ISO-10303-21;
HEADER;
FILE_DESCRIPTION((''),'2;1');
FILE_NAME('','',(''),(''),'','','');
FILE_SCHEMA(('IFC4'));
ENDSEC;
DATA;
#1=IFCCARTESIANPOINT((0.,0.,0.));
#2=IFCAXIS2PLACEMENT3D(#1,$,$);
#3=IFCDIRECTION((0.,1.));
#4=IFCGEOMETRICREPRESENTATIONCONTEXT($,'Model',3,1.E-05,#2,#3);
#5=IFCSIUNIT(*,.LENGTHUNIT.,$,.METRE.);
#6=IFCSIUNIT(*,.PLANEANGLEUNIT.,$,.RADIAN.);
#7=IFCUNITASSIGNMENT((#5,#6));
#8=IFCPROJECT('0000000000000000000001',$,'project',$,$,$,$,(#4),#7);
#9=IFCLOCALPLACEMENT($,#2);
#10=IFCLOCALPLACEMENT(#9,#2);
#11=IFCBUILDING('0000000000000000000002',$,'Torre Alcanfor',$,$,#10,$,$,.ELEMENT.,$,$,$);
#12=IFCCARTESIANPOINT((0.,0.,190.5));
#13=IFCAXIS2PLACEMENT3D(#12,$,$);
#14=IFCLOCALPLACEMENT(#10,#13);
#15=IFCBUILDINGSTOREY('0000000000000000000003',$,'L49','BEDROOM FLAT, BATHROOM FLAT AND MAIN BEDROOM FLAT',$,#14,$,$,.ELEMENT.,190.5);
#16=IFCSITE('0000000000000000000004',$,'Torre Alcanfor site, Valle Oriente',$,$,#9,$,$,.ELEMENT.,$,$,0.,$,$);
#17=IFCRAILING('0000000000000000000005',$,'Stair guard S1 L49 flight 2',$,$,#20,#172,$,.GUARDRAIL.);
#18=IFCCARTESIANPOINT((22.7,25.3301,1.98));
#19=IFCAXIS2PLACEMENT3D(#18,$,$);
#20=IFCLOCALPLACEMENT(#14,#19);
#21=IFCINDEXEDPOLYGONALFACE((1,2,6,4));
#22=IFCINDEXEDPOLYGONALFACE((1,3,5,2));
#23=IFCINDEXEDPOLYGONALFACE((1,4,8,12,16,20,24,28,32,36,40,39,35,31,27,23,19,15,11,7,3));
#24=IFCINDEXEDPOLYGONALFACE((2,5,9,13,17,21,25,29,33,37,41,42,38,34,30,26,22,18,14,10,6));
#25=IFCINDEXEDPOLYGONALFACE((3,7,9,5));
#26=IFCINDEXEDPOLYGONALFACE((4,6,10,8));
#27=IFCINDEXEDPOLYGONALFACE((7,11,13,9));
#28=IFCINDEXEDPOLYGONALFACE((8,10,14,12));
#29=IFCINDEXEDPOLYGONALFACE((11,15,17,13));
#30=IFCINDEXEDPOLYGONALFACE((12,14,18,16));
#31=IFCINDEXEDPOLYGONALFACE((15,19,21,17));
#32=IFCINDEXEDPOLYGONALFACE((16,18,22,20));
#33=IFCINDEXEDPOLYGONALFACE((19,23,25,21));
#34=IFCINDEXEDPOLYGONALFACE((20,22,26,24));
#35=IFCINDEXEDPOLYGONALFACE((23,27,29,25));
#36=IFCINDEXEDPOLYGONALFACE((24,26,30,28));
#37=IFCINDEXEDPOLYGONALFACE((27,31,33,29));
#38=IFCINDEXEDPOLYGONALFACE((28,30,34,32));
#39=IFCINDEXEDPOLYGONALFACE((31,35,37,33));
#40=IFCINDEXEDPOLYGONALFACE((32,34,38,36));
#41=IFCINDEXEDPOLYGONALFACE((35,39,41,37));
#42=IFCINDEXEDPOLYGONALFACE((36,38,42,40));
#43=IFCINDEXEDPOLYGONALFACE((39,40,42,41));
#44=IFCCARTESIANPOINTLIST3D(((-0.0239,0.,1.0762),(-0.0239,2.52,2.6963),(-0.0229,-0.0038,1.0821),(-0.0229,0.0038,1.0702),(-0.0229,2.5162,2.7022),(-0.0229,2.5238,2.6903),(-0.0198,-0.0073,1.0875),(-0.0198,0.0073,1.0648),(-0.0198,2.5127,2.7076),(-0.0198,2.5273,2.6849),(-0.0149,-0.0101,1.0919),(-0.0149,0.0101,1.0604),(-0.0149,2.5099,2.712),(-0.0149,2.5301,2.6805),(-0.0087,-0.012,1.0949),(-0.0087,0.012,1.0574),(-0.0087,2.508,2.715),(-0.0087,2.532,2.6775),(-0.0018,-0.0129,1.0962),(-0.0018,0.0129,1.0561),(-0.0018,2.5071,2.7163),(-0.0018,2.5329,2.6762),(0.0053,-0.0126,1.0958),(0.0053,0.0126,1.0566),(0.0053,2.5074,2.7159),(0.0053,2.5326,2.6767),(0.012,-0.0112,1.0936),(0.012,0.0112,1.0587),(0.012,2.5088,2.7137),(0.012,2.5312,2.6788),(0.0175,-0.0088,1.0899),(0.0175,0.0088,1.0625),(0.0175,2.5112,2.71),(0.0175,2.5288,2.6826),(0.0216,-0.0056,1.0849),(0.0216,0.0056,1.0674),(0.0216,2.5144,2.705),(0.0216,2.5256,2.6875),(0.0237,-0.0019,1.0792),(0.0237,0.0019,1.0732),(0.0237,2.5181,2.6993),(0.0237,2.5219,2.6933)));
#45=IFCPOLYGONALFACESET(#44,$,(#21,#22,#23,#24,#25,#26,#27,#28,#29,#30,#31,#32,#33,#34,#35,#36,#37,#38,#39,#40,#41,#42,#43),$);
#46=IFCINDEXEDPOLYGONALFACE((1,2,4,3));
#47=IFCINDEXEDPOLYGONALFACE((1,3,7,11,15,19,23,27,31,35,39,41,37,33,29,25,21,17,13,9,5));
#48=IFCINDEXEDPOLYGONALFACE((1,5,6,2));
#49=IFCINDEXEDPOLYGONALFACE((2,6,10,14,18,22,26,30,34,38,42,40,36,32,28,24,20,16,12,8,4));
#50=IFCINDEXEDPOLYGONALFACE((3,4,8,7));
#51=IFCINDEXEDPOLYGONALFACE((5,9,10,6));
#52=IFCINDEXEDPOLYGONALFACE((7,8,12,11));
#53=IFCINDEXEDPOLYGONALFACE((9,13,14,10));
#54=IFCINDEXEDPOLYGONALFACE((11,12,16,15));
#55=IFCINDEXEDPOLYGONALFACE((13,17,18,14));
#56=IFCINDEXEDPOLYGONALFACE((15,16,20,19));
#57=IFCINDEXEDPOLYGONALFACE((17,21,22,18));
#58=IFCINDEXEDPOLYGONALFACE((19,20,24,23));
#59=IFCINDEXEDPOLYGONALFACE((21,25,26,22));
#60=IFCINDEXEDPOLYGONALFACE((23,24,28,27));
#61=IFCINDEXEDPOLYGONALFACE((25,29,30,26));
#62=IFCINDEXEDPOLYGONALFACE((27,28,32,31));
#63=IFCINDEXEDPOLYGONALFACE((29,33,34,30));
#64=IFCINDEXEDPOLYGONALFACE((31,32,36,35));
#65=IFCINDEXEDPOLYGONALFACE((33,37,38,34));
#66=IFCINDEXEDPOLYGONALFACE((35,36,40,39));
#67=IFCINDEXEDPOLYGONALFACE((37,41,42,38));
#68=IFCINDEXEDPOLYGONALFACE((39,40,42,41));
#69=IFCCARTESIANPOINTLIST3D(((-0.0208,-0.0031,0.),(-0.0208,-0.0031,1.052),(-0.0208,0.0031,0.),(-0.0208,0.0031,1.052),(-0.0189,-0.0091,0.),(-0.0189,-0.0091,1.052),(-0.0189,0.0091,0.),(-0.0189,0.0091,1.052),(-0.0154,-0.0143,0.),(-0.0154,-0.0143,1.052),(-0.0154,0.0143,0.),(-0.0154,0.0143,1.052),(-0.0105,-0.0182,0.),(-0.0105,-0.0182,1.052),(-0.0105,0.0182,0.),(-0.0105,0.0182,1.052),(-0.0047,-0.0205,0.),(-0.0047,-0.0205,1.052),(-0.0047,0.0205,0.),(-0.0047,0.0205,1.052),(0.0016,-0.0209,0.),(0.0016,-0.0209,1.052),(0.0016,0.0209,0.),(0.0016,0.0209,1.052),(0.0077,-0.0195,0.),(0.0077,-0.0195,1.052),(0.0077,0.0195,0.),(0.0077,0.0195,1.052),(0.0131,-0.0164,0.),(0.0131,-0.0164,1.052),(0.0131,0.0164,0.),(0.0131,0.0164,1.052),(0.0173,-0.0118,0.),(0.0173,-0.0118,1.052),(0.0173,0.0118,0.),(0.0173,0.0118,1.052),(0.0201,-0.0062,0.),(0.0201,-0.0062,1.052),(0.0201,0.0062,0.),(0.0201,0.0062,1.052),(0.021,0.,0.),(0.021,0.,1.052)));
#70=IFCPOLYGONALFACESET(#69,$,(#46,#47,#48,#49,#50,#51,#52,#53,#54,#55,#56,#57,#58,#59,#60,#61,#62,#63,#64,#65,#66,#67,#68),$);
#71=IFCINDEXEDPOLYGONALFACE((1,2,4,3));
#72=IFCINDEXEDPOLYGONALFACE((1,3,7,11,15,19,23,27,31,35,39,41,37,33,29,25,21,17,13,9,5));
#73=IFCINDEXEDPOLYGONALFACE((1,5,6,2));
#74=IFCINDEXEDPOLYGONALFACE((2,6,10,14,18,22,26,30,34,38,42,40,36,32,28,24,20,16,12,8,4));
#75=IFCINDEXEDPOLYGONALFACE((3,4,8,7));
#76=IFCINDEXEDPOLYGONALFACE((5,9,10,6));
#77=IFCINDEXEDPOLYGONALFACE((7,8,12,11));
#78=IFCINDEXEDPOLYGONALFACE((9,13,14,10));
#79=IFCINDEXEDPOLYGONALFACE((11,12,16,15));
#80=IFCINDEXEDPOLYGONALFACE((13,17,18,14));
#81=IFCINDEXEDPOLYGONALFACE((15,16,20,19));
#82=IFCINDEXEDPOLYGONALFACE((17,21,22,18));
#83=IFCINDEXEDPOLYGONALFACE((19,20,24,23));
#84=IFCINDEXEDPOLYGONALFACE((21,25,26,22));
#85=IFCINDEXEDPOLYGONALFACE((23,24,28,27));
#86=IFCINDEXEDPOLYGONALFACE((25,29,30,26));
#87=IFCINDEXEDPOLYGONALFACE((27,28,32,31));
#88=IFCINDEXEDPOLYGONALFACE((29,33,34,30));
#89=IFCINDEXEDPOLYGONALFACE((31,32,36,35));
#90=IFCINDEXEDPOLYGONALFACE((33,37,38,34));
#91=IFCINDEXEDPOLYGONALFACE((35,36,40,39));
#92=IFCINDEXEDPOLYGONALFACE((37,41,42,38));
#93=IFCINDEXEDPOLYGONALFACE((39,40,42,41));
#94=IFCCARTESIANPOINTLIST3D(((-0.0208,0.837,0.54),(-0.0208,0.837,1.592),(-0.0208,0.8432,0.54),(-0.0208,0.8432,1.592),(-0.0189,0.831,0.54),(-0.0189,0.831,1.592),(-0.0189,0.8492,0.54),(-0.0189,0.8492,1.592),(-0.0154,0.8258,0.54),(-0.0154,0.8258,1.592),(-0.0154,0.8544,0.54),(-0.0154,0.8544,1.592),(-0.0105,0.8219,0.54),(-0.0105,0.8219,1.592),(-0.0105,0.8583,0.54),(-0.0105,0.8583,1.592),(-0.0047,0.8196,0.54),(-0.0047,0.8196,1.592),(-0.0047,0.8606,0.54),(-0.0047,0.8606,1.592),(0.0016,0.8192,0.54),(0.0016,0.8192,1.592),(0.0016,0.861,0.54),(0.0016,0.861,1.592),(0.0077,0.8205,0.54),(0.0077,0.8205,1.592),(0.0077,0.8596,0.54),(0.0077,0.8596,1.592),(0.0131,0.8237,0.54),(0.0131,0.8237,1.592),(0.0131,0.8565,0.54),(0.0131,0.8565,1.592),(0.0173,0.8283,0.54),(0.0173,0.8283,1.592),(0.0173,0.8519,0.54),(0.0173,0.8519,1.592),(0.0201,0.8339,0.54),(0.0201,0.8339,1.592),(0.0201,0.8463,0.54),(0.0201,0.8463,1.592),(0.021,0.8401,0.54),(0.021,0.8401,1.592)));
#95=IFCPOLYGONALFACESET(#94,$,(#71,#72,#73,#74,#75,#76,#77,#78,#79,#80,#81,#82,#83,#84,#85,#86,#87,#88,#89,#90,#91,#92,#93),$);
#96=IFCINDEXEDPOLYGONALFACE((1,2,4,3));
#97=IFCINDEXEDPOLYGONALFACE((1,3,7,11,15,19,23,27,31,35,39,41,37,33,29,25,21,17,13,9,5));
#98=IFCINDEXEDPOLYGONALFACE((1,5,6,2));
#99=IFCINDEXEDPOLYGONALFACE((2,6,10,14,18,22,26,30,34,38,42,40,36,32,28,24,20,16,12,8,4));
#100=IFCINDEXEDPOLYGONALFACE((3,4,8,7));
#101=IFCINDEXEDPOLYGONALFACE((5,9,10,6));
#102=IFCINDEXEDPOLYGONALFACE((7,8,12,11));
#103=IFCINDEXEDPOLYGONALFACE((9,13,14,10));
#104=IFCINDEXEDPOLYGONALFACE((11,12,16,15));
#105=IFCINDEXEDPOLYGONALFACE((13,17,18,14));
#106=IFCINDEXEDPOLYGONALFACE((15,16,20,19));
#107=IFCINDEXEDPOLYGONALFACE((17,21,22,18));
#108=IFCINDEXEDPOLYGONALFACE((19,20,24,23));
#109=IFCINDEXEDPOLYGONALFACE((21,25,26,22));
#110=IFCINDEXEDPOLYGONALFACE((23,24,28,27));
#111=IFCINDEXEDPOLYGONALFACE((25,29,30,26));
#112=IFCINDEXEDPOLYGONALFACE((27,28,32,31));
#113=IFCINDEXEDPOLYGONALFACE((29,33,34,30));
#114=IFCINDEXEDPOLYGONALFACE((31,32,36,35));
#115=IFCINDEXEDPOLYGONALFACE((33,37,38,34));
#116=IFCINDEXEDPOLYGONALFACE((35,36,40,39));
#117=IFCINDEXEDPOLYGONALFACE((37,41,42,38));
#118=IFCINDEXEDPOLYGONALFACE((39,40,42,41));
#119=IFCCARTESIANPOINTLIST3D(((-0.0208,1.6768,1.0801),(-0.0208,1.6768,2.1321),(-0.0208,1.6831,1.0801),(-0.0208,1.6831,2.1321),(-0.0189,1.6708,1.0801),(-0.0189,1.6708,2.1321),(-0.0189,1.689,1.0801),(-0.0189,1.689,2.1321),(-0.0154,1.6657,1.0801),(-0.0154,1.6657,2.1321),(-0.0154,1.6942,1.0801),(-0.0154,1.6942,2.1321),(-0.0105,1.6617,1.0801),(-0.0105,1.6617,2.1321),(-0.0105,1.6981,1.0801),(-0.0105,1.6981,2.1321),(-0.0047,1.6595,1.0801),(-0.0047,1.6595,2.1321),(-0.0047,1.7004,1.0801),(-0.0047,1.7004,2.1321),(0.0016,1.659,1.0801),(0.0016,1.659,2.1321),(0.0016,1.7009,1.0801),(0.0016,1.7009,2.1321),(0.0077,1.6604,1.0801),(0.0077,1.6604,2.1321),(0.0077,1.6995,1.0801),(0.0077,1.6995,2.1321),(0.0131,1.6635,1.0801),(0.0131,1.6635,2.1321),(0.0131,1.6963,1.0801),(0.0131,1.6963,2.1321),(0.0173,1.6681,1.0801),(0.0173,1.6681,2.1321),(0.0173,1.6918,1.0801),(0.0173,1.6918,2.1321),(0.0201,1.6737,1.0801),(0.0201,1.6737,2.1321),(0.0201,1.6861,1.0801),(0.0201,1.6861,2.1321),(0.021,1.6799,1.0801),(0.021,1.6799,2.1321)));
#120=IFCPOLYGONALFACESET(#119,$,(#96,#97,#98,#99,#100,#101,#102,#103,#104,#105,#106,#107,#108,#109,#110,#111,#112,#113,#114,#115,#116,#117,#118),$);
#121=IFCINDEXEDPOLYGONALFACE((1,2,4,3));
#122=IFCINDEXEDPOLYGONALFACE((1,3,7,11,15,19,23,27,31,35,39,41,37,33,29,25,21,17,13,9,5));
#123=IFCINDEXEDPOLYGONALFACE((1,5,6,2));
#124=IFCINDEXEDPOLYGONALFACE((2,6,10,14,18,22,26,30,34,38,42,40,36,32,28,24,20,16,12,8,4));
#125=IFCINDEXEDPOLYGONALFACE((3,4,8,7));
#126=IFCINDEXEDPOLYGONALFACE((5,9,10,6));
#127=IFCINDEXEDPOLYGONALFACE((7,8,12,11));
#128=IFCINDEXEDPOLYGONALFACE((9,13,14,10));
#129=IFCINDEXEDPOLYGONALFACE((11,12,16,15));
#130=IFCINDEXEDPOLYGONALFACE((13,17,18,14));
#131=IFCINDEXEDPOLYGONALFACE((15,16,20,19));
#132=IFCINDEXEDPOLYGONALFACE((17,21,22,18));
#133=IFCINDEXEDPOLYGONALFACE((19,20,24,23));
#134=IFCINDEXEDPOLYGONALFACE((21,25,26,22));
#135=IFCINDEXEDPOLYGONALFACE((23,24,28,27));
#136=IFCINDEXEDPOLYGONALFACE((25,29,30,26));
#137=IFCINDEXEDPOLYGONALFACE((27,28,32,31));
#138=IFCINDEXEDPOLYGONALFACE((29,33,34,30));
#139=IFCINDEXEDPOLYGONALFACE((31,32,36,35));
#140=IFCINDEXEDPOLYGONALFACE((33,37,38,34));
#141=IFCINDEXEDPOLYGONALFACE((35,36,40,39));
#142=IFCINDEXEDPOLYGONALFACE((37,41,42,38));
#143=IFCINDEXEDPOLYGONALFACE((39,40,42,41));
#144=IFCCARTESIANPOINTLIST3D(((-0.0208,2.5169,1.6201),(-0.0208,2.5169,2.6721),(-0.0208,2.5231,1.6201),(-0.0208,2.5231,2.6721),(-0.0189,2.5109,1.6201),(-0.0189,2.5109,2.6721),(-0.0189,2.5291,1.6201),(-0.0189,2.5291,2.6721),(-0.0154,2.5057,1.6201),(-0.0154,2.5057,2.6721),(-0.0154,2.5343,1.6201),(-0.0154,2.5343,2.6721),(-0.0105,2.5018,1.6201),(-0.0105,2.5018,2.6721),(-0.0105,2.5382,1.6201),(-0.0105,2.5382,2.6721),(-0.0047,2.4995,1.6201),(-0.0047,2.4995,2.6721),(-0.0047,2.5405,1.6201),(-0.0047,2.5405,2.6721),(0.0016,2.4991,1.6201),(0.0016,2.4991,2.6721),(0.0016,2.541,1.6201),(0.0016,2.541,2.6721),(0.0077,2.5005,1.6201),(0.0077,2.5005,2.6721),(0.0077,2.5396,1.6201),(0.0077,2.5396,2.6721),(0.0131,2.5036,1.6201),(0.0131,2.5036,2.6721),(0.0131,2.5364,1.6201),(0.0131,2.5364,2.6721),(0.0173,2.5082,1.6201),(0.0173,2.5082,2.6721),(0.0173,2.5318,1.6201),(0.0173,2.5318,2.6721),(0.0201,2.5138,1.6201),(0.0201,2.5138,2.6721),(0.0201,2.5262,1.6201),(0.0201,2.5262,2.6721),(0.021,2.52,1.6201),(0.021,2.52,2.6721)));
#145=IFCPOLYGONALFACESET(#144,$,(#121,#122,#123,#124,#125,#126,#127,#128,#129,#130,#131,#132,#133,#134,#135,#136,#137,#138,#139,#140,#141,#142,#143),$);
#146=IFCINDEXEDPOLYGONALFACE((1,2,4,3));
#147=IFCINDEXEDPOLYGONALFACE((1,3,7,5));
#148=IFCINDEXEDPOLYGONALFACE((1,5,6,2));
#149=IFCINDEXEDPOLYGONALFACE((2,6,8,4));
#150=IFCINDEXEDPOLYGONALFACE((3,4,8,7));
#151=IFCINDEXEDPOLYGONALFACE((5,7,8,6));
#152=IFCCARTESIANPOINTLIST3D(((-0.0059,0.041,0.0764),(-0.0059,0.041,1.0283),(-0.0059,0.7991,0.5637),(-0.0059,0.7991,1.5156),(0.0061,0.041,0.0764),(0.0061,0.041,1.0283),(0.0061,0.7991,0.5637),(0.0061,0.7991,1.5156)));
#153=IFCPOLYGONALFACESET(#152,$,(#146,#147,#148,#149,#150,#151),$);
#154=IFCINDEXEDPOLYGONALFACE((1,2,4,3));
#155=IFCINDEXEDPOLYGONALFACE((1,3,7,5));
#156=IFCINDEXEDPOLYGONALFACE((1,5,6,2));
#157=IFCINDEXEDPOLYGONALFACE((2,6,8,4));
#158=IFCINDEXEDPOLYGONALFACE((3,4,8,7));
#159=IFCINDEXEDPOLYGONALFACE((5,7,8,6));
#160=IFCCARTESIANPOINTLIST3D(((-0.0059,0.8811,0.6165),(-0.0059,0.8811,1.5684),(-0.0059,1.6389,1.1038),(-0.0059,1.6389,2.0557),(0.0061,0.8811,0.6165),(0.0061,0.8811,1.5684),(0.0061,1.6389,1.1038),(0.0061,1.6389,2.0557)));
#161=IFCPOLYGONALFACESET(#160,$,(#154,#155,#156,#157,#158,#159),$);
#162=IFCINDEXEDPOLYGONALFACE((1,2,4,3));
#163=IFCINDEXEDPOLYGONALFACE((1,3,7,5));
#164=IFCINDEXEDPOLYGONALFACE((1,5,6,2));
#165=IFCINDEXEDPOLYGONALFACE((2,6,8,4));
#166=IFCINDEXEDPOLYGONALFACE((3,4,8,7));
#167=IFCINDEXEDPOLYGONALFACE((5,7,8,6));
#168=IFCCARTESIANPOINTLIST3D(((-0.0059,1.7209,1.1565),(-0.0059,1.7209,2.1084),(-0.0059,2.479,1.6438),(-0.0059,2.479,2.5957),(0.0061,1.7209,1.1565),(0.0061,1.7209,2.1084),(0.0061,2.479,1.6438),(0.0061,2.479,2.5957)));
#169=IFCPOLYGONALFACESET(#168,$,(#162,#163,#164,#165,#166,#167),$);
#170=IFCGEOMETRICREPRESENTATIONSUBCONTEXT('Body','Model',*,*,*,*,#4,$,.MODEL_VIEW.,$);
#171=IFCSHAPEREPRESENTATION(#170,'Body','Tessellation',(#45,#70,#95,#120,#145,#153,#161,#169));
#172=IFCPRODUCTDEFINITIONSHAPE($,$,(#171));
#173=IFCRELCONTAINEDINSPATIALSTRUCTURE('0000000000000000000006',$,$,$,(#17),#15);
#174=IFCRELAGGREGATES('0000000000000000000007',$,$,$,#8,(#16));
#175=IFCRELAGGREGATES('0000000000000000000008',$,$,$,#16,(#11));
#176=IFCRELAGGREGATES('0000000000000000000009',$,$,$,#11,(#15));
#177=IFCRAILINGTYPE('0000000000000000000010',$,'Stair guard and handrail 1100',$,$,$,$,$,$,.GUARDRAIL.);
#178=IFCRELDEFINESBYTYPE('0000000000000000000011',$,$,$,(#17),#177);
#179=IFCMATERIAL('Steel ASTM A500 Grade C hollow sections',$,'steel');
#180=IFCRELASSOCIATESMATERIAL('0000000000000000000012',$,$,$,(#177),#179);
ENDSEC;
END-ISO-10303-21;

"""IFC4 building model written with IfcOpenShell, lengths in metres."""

from ifc_helpers import new_model, si_unit, direction, frame, origin, origin_2d, place, context, subcontext, project, spatial, polyline, circle, outline, extrude, material, type_object, element, save


model = new_model("IFC4")

# Units and contexts
model_context = context("Model", 3, precision=1e-05, world=origin(), true_north=direction((0.0, 1.0)))
body_context = subcontext(model_context, "Body", "Model", "MODEL_VIEW")
ifc_project = project(units=[si_unit("LENGTHUNIT", "METRE"), si_unit("PLANEANGLEUNIT", "RADIAN")], contexts=[model_context])

# Site, building, storey
site_placement = place(None, origin())
site = spatial("IfcSite", under=ifc_project, at=site_placement, Name="Torre Alcanfor site, Valle Oriente", CompositionType="ELEMENT", RefElevation=0.0)
building_placement = place(site_placement, origin())
building = spatial("IfcBuilding", under=site, at=building_placement, Name="Torre Alcanfor", CompositionType="ELEMENT")
storey_placement = place(building_placement, frame((0.0, 0.0, 190.5)))
storey = spatial("IfcBuildingStorey", under=building, at=storey_placement, Name="L49", Description="BEDROOM FLAT, BATHROOM FLAT AND MAIN BEDROOM FLAT", CompositionType="ELEMENT", Elevation=190.5)

# Railing
ifc_material_1 = material(Name="Steel ASTM A500 Grade C hollow sections", Category="steel")
railing_type = type_object("IfcRailingType", Name="Stair guard and handrail 1100", PredefinedType="GUARDRAIL", material=ifc_material_1)
railing_1_placement = place(storey_placement, frame((22.7, 25.3301, 1.98)))
element("IfcRailing", 1, at=railing_1_placement, inside=storey, type_object=railing_type, Name="Stair guard S1 L49 flight 2", PredefinedType="GUARDRAIL", context=body_context, shape_type="SweptSolid", body=[
    extrude(circle(Radius=0.0239, at=origin_2d()), frame((0.0, 0.0, 1.0762), z_axis=(0.0, 0.841163, 0.540782), x_axis=(-1.0, 0.0, 0.0)), (0.0, 0.0, 1.0), 2.9958),
    extrude(circle(Radius=0.021, at=origin_2d()), origin(), (0.0, 0.0, 1.0), 1.052),
    extrude(circle(Radius=0.021, at=origin_2d()), frame((0.0, 0.8401, 0.54)), (0.0, 0.0, 1.0), 1.052),
    extrude(circle(Radius=0.021, at=origin_2d()), frame((0.0, 1.6799, 1.0801)), (0.0, 0.0, 1.0), 1.052),
    extrude(circle(Radius=0.021, at=origin_2d()), frame((0.0, 2.52, 1.6201)), (0.0, 0.0, 1.0), 1.052),
    extrude(outline(polyline([(0.041, 0.0764), (0.7991, 0.5637), (0.7991, 1.5156), (0.041, 1.0283), (0.041, 0.0764)])), frame((-0.0059, 0.0, 0.0), z_axis=(1.0, 0.0, 0.0), x_axis=(0.0, 1.0, 0.0)), (0.0, 0.0, 1.0), 0.012),
    extrude(outline(polyline([(0.8811, 0.6165), (1.6389, 1.1038), (1.6389, 2.0557), (0.8811, 1.5684), (0.8811, 0.6165)])), frame((-0.0059, 0.0, 0.0), z_axis=(1.0, 0.0, 0.0), x_axis=(0.0, 1.0, 0.0)), (0.0, 0.0, 1.0), 0.012),
    extrude(outline(polyline([(1.7209, 1.1565), (2.479, 1.6438), (2.479, 2.5957), (1.7209, 2.1084), (1.7209, 1.1565)])), frame((-0.0059, 0.0, 0.0), z_axis=(1.0, 0.0, 0.0), x_axis=(0.0, 1.0, 0.0)), (0.0, 0.0, 1.0), 0.012),
])

save(model, "model.ifc")
